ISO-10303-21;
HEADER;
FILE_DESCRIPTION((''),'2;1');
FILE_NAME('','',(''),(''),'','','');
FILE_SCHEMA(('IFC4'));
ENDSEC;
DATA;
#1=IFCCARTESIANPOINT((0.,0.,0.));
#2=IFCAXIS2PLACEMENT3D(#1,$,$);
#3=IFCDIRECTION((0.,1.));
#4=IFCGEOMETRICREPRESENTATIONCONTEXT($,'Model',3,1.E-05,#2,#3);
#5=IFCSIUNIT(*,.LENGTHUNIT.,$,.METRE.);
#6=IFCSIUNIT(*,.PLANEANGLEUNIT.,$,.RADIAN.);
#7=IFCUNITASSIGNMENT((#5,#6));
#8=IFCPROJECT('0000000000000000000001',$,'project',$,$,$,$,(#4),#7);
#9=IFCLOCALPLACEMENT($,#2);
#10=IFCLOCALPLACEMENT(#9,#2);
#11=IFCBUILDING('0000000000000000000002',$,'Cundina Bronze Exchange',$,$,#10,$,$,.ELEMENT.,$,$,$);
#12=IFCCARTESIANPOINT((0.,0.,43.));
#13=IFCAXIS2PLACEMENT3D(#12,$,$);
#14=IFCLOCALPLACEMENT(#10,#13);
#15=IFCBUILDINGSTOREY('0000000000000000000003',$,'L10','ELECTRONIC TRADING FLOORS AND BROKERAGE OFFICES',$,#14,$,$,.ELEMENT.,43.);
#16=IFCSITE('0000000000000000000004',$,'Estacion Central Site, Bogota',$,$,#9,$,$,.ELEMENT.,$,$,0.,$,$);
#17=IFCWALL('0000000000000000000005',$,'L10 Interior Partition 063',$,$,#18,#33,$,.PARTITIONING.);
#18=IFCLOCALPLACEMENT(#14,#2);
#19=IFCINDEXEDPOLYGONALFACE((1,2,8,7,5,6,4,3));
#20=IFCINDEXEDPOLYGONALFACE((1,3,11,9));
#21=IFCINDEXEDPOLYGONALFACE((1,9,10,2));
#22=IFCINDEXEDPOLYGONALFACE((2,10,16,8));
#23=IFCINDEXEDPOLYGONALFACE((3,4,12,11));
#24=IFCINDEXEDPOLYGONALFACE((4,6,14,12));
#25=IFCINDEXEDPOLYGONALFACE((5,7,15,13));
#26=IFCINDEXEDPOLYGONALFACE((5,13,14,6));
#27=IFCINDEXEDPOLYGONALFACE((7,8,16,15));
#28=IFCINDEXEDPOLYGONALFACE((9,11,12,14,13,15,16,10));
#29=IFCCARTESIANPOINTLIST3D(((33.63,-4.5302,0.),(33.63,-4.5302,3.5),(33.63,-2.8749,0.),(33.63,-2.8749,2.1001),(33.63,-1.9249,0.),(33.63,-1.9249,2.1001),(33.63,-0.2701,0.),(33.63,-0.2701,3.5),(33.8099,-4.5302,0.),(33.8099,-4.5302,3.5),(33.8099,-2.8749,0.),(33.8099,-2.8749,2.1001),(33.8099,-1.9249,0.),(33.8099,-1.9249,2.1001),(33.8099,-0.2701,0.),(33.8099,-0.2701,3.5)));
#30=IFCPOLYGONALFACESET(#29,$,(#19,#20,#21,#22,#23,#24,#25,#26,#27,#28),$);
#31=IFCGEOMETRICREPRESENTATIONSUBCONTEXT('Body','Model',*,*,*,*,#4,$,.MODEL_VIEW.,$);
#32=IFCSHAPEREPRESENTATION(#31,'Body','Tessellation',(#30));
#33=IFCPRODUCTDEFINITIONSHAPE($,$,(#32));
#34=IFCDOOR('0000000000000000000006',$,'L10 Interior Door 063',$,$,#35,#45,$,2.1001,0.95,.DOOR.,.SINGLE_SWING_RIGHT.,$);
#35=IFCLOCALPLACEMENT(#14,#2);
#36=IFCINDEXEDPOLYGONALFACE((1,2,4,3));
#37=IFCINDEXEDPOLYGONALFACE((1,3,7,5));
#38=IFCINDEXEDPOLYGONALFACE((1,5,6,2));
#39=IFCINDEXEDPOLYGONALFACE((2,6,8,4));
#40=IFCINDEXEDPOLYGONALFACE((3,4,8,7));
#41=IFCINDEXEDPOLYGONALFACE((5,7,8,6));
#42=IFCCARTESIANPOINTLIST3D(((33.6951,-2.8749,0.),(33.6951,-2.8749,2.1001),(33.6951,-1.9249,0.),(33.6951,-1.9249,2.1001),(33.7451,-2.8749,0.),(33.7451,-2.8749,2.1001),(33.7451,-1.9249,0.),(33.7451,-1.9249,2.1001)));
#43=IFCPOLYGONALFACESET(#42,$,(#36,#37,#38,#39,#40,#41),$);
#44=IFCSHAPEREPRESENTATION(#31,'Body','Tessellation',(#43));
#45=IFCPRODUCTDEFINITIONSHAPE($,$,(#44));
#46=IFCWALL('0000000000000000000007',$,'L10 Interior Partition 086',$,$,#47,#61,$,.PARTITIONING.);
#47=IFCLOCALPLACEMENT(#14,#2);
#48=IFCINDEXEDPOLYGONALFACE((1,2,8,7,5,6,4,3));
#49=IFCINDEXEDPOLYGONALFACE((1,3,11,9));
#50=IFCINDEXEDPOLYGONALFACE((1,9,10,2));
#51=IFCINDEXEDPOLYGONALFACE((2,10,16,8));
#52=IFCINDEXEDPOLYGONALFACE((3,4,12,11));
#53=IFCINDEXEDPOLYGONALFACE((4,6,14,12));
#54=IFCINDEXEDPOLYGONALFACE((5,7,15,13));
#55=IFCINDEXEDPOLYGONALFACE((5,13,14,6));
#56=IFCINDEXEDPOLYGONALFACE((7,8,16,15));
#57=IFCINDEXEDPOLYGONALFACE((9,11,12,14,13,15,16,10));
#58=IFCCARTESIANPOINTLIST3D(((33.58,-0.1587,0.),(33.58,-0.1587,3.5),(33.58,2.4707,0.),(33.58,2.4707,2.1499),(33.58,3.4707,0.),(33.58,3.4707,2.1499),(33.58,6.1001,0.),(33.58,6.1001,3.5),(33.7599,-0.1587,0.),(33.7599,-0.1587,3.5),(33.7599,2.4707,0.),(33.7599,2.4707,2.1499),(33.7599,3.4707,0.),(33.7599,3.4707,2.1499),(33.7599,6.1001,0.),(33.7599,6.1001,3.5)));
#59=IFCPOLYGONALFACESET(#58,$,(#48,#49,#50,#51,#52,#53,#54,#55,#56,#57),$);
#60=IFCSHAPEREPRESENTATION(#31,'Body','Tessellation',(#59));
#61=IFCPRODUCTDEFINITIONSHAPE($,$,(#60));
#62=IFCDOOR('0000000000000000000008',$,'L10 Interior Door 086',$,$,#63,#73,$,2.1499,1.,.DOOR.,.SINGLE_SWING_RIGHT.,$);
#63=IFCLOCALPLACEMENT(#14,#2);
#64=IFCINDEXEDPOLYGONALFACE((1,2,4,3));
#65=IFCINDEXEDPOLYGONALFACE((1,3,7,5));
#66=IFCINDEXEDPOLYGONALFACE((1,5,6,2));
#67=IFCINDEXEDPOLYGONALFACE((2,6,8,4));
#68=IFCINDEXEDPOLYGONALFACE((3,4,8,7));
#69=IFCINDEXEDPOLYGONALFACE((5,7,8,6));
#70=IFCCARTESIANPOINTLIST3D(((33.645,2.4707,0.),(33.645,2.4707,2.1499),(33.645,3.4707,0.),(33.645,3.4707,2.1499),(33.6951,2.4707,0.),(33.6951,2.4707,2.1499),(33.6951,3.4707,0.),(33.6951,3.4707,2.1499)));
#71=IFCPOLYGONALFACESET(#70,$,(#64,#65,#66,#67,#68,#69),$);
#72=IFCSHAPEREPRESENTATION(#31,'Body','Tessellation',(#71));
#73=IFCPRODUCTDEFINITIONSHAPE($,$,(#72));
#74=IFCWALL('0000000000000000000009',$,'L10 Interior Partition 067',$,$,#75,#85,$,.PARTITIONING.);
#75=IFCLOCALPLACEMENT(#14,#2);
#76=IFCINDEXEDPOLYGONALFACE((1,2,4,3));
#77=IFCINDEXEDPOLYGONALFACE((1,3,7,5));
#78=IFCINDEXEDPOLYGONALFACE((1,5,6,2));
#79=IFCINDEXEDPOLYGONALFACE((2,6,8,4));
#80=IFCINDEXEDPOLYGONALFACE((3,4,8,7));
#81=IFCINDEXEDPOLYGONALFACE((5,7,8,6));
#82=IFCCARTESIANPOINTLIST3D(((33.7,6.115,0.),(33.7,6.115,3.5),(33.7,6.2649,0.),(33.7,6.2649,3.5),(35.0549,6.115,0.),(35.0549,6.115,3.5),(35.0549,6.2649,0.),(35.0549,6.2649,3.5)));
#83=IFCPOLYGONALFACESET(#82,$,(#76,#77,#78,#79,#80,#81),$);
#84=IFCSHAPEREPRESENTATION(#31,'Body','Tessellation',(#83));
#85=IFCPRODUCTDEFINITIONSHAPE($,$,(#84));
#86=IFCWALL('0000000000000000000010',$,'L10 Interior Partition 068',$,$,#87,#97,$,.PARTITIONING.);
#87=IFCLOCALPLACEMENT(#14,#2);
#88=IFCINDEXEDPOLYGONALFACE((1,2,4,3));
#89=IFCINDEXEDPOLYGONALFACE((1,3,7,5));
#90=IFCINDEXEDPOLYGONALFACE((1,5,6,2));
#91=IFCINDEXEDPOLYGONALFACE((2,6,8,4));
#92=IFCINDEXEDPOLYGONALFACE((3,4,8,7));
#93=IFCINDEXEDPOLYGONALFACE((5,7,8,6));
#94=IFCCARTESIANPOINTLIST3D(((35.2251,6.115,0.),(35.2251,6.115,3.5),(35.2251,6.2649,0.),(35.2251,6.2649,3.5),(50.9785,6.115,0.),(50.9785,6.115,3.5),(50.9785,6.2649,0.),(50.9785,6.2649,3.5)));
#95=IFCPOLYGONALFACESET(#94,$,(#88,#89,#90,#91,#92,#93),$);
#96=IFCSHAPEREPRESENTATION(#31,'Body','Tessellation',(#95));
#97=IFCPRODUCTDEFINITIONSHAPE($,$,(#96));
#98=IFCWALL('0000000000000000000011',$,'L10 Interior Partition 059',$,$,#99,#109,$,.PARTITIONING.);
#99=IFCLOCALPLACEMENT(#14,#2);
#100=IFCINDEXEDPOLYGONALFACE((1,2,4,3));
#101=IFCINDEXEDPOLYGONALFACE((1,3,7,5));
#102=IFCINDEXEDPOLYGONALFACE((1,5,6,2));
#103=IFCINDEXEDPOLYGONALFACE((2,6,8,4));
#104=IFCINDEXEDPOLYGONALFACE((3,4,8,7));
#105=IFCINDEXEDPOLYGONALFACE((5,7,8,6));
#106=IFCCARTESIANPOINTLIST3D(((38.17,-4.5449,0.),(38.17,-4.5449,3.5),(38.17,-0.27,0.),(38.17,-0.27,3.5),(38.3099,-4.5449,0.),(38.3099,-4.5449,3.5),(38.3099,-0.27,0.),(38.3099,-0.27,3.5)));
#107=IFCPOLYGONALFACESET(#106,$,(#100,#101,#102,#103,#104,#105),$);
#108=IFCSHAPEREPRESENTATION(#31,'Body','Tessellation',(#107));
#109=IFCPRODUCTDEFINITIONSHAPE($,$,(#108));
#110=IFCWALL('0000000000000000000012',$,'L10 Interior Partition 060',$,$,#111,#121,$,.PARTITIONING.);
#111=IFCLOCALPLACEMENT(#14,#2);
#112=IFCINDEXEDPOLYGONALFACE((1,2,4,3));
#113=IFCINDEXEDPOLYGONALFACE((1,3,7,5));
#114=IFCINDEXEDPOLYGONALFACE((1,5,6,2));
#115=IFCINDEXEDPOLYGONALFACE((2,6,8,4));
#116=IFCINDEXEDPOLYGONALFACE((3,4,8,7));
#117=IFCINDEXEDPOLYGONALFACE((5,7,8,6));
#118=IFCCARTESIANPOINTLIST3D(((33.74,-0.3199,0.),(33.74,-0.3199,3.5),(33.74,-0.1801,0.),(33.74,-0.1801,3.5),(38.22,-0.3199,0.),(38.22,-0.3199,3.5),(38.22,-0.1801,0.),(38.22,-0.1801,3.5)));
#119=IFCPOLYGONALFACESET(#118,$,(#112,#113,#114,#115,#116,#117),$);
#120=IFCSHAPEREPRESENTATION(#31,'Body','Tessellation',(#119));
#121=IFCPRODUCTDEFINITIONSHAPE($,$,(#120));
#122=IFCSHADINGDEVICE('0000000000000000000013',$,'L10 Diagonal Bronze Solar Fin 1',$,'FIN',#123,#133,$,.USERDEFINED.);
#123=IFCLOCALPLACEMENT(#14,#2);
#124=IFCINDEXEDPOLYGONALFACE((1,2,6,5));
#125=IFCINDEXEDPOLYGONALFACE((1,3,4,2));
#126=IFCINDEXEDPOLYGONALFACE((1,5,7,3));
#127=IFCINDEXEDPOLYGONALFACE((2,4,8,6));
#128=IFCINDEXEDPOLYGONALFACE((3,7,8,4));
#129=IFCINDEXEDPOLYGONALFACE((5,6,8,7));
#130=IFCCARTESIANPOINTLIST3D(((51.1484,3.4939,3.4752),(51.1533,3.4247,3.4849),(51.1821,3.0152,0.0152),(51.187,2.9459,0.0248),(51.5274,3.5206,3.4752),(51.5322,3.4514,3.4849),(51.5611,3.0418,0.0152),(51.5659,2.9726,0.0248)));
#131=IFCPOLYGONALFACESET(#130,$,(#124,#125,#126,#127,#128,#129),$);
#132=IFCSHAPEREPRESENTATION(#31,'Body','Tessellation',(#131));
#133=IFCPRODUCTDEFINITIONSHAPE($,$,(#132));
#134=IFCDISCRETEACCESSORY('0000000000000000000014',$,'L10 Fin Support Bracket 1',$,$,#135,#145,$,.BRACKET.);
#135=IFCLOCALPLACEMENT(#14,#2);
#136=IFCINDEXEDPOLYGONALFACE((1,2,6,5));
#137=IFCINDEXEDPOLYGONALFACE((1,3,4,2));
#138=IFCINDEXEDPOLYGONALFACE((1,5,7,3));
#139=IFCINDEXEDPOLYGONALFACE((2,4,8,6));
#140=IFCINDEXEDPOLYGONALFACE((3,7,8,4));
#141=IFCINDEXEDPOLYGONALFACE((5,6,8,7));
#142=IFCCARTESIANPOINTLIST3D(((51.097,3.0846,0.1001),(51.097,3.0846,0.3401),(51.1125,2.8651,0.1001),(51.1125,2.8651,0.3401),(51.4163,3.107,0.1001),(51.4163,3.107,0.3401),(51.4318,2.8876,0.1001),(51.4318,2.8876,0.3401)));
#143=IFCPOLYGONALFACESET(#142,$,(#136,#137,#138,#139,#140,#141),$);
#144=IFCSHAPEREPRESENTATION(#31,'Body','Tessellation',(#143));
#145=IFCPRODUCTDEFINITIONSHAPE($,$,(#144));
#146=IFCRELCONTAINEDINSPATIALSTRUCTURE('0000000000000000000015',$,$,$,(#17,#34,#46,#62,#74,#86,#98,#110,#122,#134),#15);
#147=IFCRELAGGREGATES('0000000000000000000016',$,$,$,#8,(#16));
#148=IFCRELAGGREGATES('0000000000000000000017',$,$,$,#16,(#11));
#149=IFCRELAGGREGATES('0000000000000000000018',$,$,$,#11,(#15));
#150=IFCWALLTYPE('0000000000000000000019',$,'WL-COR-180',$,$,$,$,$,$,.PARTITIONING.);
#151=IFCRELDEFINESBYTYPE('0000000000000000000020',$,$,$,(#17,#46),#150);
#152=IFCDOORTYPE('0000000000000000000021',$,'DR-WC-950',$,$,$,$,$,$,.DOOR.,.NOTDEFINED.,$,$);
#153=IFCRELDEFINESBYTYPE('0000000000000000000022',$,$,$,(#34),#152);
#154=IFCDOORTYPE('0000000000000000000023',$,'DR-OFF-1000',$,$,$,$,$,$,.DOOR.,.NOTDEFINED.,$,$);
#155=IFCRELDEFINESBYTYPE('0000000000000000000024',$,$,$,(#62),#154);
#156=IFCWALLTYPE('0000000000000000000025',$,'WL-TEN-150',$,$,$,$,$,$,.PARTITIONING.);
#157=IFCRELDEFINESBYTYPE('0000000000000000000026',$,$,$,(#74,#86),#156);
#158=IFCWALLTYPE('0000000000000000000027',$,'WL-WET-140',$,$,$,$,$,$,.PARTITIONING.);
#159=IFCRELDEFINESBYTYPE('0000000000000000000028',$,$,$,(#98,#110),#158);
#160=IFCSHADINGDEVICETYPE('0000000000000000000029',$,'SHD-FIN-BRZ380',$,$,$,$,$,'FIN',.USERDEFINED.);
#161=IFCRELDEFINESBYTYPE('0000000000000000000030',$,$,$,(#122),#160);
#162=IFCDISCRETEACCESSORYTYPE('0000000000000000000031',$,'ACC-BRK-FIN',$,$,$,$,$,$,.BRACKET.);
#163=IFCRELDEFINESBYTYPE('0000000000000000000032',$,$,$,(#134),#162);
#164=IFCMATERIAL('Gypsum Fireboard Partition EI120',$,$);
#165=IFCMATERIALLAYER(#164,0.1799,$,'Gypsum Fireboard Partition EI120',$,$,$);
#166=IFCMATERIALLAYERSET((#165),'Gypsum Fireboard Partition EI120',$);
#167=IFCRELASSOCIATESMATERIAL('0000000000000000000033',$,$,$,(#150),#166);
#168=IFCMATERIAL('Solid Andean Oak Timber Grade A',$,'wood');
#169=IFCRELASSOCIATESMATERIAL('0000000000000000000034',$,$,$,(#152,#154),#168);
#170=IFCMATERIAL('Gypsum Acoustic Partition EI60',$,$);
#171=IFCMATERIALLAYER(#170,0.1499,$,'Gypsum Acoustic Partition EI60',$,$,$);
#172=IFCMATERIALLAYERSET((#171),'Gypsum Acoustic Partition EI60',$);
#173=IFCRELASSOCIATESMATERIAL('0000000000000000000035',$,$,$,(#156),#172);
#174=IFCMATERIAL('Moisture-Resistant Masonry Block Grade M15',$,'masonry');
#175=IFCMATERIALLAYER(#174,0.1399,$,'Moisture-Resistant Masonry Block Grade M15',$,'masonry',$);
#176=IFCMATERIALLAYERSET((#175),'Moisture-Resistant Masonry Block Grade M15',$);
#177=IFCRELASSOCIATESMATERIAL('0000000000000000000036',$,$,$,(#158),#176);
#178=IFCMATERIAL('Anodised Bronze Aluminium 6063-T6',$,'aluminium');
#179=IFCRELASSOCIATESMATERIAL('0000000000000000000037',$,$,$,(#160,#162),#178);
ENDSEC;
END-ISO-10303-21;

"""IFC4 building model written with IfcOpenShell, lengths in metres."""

from ifc_helpers import new_model, si_unit, direction, frame, frame_2d, origin, origin_2d, place, context, subcontext, project, spatial, rectangle, extrude, material, layer, layer_set, material_profile, profile_set, type_object, element, fill, save


model = new_model("IFC4")

# Units and contexts
model_context = context("Model", 3, precision=1e-05, world=origin(), true_north=direction((0.0, 1.0)))
body_context = subcontext(model_context, "Body", "Model", "MODEL_VIEW")
ifc_project = project(units=[si_unit("LENGTHUNIT", "METRE"), si_unit("PLANEANGLEUNIT", "RADIAN")], contexts=[model_context])

# Site, building, storey
site_placement = place(None, origin())
site = spatial("IfcSite", under=ifc_project, at=site_placement, Name="Estacion Central Site, Bogota", CompositionType="ELEMENT", RefElevation=0.0)
building_placement = place(site_placement, origin())
building = spatial("IfcBuilding", under=site, at=building_placement, Name="Cundina Bronze Exchange", CompositionType="ELEMENT")
storey_placement = place(building_placement, frame((0.0, 0.0, 43.0)))
storey = spatial("IfcBuildingStorey", under=building, at=storey_placement, Name="L10", Description="ELECTRONIC TRADING FLOORS AND BROKERAGE OFFICES", CompositionType="ELEMENT", Elevation=43.0)

# Shared definitions
ifc_material_1 = material(Name="Anodised Bronze Aluminium 6063-T6", Category="aluminium")

# Walls, openings, doors
ifc_material_2 = material(Name="Gypsum Fireboard Partition EI120")
ifc_layer_1 = layer(ifc_material_2, 0.1799, Name="Gypsum Fireboard Partition EI120")
ifc_layer_set_1 = layer_set([ifc_layer_1], Name="Gypsum Fireboard Partition EI120")
wall_type_1 = type_object("IfcWallType", Name="WL-COR-180", PredefinedType="PARTITIONING", material=ifc_layer_set_1)
wall_1_placement = place(storey_placement, frame((33.72, -4.53, 0.0), z_axis=(0.0, 0.0, 1.0), x_axis=(0.0, 1.0, 0.0)))
wall_1 = element("IfcWall", 1, at=wall_1_placement, inside=storey, type_object=wall_type_1, Name="L10 Interior Partition 063", PredefinedType="PARTITIONING", context=body_context, shape_type="SweptSolid", body=[
    extrude(rectangle(XDim=4.26, YDim=0.1799, at=frame_2d((2.1299, 0.0))), origin(), (0.0, 0.0, 1.0), 3.5),
])
opening_1_placement = place(wall_1_placement, frame((1.655, 0.0, 0.0)))
opening_1 = element("IfcOpeningElement", 2, at=opening_1_placement, cuts=wall_1, PredefinedType="OPENING", context=body_context, shape_type="SweptSolid", body=[
    extrude(rectangle(XDim=0.95, YDim=2.1001, at=frame_2d((0.4751, 1.05))), frame((0.0, 0.0999, 0.0), z_axis=(0.0, -1.0, 0.0), x_axis=(1.0, 0.0, 0.0)), (0.0, 0.0, 1.0), 0.2),
])
ifc_material_3 = material(Name="Solid Andean Oak Timber Grade A", Category="wood")
door_type_1 = type_object("IfcDoorType", Name="DR-WC-950", OperationType="NOTDEFINED", PredefinedType="DOOR", material=ifc_material_3)
door_1_placement = place(opening_1_placement, origin())
door_1 = element("IfcDoor", 3, at=door_1_placement, inside=storey, type_object=door_type_1, Name="L10 Interior Door 063", OperationType="SINGLE_SWING_RIGHT", OverallHeight=2.1001, OverallWidth=0.95, PredefinedType="DOOR", context=body_context, shape_type="SweptSolid", body=[
    extrude(rectangle(XDim=0.95, YDim=2.1001, at=frame_2d((0.4751, 1.05))), frame((0.0, 0.0249, 0.0), z_axis=(0.0, -1.0, 0.0), x_axis=(1.0, 0.0, 0.0)), (0.0, 0.0, 1.0), 0.05),
])
fill(opening_1, door_1)
wall_2_placement = place(storey_placement, frame((33.6699, -0.1587, 0.0), z_axis=(0.0, 0.0, 1.0), x_axis=(0.0, 1.0, 0.0)))
wall_2 = element("IfcWall", 4, at=wall_2_placement, inside=storey, type_object=wall_type_1, Name="L10 Interior Partition 086", PredefinedType="PARTITIONING", context=body_context, shape_type="SweptSolid", body=[
    extrude(rectangle(XDim=6.2588, YDim=0.1799, at=frame_2d((3.1294, 0.0))), origin(), (0.0, 0.0, 1.0), 3.5),
])
opening_2_placement = place(wall_2_placement, frame((2.6294, 0.0, 0.0)))
opening_2 = element("IfcOpeningElement", 5, at=opening_2_placement, cuts=wall_2, PredefinedType="OPENING", context=body_context, shape_type="SweptSolid", body=[
    extrude(rectangle(XDim=1.0, YDim=2.1499, at=frame_2d((0.5, 1.075))), frame((0.0, 0.0999, 0.0), z_axis=(0.0, -1.0, 0.0), x_axis=(1.0, 0.0, 0.0)), (0.0, 0.0, 1.0), 0.2),
])
door_type_2 = type_object("IfcDoorType", Name="DR-OFF-1000", OperationType="NOTDEFINED", PredefinedType="DOOR", material=ifc_material_3)
door_2_placement = place(opening_2_placement, origin())
door_2 = element("IfcDoor", 6, at=door_2_placement, inside=storey, type_object=door_type_2, Name="L10 Interior Door 086", OperationType="SINGLE_SWING_RIGHT", OverallHeight=2.1499, OverallWidth=1.0, PredefinedType="DOOR", context=body_context, shape_type="SweptSolid", body=[
    extrude(rectangle(XDim=1.0, YDim=2.1499, at=frame_2d((0.5, 1.075))), frame((0.0, 0.0249, 0.0), z_axis=(0.0, -1.0, 0.0), x_axis=(1.0, 0.0, 0.0)), (0.0, 0.0, 1.0), 0.05),
])
fill(opening_2, door_2)

# Walls
ifc_material_4 = material(Name="Gypsum Acoustic Partition EI60")
ifc_layer_2 = layer(ifc_material_4, 0.1499, Name="Gypsum Acoustic Partition EI60")
ifc_layer_set_2 = layer_set([ifc_layer_2], Name="Gypsum Acoustic Partition EI60")
wall_type_2 = type_object("IfcWallType", Name="WL-TEN-150", PredefinedType="PARTITIONING", material=ifc_layer_set_2)
wall_3_placement = place(storey_placement, frame((33.7, 6.1899, 0.0), z_axis=(0.0, 0.0, 1.0), x_axis=(1.0, 0.0, 0.0)))
element("IfcWall", 7, at=wall_3_placement, inside=storey, type_object=wall_type_2, Name="L10 Interior Partition 067", PredefinedType="PARTITIONING", context=body_context, shape_type="SweptSolid", body=[
    extrude(rectangle(XDim=1.355, YDim=0.1499, at=frame_2d((0.6775, 0.0))), origin(), (0.0, 0.0, 1.0), 3.5),
])
wall_4_placement = place(storey_placement, frame((35.2251, 6.1899, 0.0), z_axis=(0.0, 0.0, 1.0), x_axis=(1.0, 0.0, 0.0)))
element("IfcWall", 8, at=wall_4_placement, inside=storey, type_object=wall_type_2, Name="L10 Interior Partition 068", PredefinedType="PARTITIONING", context=body_context, shape_type="SweptSolid", body=[
    extrude(rectangle(XDim=15.7534, YDim=0.1499, at=frame_2d((7.8767, 0.0))), origin(), (0.0, 0.0, 1.0), 3.5),
])
ifc_material_5 = material(Name="Moisture-Resistant Masonry Block Grade M15", Category="masonry")
ifc_layer_3 = layer(ifc_material_5, 0.1399, Name="Moisture-Resistant Masonry Block Grade M15", Category="masonry")
ifc_layer_set_3 = layer_set([ifc_layer_3], Name="Moisture-Resistant Masonry Block Grade M15")
wall_type_3 = type_object("IfcWallType", Name="WL-WET-140", PredefinedType="PARTITIONING", material=ifc_layer_set_3)
wall_5_placement = place(storey_placement, frame((38.24, -4.5449, 0.0), z_axis=(0.0, 0.0, 1.0), x_axis=(0.0, 1.0, 0.0)))
element("IfcWall", 9, at=wall_5_placement, inside=storey, type_object=wall_type_3, Name="L10 Interior Partition 059", PredefinedType="PARTITIONING", context=body_context, shape_type="SweptSolid", body=[
    extrude(rectangle(XDim=4.2749, YDim=0.1399, at=frame_2d((2.1375, 0.0))), origin(), (0.0, 0.0, 1.0), 3.5),
])
wall_6_placement = place(storey_placement, frame((33.74, -0.25, 0.0), z_axis=(0.0, 0.0, 1.0), x_axis=(1.0, 0.0, 0.0)))
element("IfcWall", 10, at=wall_6_placement, inside=storey, type_object=wall_type_3, Name="L10 Interior Partition 060", PredefinedType="PARTITIONING", context=body_context, shape_type="SweptSolid", body=[
    extrude(rectangle(XDim=4.48, YDim=0.1399, at=frame_2d((2.24, 0.0))), origin(), (0.0, 0.0, 1.0), 3.5),
])

# Shading device
ifc_material_profile_1 = material_profile(ifc_material_1, rectangle(XDim=0.0701, YDim=0.3799, at=origin_2d()), Name="FIN70X380", Category="aluminium")
ifc_profile_set_1 = profile_set([ifc_material_profile_1], Name="Anodised Bronze Aluminium 6063-T6")
shading_device_type = type_object("IfcShadingDeviceType", Name="SHD-FIN-BRZ380", ElementType="FIN", PredefinedType="USERDEFINED", material=ifc_profile_set_1)
shading_device_placement = place(storey_placement, frame((51.374, 2.9939, 0.02), z_axis=(-0.009645, 0.137059, 0.990516), x_axis=(0.069533, -0.988072, 0.137398)))
element("IfcShadingDevice", 11, at=shading_device_placement, inside=storey, type_object=shading_device_type, Name="L10 Diagonal Bronze Solar Fin 1", ObjectType="FIN", PredefinedType="USERDEFINED", context=body_context, shape_type="SweptSolid", body=[
    extrude(rectangle(XDim=0.0701, YDim=0.3799, at=origin_2d()), origin(), (0.0, 0.0, 1.0), 3.4932),
])

# Discrete accessory
discrete_accessory_type = type_object("IfcDiscreteAccessoryType", Name="ACC-BRK-FIN", PredefinedType="BRACKET", material=ifc_material_1)
discrete_accessory_placement = place(storey_placement, frame((51.2644, 2.9861, 0.1001), z_axis=(0.0, 0.0, 1.0), x_axis=(-0.070279, 0.997527, 0.0)))
element("IfcDiscreteAccessory", 12, at=discrete_accessory_placement, inside=storey, type_object=discrete_accessory_type, Name="L10 Fin Support Bracket 1", PredefinedType="BRACKET", context=body_context, shape_type="SweptSolid", body=[
    extrude(rectangle(XDim=0.22, YDim=0.3201, at=origin_2d()), origin(), (0.0, 0.0, 1.0), 0.24),
])

save(model, "model.ifc")
